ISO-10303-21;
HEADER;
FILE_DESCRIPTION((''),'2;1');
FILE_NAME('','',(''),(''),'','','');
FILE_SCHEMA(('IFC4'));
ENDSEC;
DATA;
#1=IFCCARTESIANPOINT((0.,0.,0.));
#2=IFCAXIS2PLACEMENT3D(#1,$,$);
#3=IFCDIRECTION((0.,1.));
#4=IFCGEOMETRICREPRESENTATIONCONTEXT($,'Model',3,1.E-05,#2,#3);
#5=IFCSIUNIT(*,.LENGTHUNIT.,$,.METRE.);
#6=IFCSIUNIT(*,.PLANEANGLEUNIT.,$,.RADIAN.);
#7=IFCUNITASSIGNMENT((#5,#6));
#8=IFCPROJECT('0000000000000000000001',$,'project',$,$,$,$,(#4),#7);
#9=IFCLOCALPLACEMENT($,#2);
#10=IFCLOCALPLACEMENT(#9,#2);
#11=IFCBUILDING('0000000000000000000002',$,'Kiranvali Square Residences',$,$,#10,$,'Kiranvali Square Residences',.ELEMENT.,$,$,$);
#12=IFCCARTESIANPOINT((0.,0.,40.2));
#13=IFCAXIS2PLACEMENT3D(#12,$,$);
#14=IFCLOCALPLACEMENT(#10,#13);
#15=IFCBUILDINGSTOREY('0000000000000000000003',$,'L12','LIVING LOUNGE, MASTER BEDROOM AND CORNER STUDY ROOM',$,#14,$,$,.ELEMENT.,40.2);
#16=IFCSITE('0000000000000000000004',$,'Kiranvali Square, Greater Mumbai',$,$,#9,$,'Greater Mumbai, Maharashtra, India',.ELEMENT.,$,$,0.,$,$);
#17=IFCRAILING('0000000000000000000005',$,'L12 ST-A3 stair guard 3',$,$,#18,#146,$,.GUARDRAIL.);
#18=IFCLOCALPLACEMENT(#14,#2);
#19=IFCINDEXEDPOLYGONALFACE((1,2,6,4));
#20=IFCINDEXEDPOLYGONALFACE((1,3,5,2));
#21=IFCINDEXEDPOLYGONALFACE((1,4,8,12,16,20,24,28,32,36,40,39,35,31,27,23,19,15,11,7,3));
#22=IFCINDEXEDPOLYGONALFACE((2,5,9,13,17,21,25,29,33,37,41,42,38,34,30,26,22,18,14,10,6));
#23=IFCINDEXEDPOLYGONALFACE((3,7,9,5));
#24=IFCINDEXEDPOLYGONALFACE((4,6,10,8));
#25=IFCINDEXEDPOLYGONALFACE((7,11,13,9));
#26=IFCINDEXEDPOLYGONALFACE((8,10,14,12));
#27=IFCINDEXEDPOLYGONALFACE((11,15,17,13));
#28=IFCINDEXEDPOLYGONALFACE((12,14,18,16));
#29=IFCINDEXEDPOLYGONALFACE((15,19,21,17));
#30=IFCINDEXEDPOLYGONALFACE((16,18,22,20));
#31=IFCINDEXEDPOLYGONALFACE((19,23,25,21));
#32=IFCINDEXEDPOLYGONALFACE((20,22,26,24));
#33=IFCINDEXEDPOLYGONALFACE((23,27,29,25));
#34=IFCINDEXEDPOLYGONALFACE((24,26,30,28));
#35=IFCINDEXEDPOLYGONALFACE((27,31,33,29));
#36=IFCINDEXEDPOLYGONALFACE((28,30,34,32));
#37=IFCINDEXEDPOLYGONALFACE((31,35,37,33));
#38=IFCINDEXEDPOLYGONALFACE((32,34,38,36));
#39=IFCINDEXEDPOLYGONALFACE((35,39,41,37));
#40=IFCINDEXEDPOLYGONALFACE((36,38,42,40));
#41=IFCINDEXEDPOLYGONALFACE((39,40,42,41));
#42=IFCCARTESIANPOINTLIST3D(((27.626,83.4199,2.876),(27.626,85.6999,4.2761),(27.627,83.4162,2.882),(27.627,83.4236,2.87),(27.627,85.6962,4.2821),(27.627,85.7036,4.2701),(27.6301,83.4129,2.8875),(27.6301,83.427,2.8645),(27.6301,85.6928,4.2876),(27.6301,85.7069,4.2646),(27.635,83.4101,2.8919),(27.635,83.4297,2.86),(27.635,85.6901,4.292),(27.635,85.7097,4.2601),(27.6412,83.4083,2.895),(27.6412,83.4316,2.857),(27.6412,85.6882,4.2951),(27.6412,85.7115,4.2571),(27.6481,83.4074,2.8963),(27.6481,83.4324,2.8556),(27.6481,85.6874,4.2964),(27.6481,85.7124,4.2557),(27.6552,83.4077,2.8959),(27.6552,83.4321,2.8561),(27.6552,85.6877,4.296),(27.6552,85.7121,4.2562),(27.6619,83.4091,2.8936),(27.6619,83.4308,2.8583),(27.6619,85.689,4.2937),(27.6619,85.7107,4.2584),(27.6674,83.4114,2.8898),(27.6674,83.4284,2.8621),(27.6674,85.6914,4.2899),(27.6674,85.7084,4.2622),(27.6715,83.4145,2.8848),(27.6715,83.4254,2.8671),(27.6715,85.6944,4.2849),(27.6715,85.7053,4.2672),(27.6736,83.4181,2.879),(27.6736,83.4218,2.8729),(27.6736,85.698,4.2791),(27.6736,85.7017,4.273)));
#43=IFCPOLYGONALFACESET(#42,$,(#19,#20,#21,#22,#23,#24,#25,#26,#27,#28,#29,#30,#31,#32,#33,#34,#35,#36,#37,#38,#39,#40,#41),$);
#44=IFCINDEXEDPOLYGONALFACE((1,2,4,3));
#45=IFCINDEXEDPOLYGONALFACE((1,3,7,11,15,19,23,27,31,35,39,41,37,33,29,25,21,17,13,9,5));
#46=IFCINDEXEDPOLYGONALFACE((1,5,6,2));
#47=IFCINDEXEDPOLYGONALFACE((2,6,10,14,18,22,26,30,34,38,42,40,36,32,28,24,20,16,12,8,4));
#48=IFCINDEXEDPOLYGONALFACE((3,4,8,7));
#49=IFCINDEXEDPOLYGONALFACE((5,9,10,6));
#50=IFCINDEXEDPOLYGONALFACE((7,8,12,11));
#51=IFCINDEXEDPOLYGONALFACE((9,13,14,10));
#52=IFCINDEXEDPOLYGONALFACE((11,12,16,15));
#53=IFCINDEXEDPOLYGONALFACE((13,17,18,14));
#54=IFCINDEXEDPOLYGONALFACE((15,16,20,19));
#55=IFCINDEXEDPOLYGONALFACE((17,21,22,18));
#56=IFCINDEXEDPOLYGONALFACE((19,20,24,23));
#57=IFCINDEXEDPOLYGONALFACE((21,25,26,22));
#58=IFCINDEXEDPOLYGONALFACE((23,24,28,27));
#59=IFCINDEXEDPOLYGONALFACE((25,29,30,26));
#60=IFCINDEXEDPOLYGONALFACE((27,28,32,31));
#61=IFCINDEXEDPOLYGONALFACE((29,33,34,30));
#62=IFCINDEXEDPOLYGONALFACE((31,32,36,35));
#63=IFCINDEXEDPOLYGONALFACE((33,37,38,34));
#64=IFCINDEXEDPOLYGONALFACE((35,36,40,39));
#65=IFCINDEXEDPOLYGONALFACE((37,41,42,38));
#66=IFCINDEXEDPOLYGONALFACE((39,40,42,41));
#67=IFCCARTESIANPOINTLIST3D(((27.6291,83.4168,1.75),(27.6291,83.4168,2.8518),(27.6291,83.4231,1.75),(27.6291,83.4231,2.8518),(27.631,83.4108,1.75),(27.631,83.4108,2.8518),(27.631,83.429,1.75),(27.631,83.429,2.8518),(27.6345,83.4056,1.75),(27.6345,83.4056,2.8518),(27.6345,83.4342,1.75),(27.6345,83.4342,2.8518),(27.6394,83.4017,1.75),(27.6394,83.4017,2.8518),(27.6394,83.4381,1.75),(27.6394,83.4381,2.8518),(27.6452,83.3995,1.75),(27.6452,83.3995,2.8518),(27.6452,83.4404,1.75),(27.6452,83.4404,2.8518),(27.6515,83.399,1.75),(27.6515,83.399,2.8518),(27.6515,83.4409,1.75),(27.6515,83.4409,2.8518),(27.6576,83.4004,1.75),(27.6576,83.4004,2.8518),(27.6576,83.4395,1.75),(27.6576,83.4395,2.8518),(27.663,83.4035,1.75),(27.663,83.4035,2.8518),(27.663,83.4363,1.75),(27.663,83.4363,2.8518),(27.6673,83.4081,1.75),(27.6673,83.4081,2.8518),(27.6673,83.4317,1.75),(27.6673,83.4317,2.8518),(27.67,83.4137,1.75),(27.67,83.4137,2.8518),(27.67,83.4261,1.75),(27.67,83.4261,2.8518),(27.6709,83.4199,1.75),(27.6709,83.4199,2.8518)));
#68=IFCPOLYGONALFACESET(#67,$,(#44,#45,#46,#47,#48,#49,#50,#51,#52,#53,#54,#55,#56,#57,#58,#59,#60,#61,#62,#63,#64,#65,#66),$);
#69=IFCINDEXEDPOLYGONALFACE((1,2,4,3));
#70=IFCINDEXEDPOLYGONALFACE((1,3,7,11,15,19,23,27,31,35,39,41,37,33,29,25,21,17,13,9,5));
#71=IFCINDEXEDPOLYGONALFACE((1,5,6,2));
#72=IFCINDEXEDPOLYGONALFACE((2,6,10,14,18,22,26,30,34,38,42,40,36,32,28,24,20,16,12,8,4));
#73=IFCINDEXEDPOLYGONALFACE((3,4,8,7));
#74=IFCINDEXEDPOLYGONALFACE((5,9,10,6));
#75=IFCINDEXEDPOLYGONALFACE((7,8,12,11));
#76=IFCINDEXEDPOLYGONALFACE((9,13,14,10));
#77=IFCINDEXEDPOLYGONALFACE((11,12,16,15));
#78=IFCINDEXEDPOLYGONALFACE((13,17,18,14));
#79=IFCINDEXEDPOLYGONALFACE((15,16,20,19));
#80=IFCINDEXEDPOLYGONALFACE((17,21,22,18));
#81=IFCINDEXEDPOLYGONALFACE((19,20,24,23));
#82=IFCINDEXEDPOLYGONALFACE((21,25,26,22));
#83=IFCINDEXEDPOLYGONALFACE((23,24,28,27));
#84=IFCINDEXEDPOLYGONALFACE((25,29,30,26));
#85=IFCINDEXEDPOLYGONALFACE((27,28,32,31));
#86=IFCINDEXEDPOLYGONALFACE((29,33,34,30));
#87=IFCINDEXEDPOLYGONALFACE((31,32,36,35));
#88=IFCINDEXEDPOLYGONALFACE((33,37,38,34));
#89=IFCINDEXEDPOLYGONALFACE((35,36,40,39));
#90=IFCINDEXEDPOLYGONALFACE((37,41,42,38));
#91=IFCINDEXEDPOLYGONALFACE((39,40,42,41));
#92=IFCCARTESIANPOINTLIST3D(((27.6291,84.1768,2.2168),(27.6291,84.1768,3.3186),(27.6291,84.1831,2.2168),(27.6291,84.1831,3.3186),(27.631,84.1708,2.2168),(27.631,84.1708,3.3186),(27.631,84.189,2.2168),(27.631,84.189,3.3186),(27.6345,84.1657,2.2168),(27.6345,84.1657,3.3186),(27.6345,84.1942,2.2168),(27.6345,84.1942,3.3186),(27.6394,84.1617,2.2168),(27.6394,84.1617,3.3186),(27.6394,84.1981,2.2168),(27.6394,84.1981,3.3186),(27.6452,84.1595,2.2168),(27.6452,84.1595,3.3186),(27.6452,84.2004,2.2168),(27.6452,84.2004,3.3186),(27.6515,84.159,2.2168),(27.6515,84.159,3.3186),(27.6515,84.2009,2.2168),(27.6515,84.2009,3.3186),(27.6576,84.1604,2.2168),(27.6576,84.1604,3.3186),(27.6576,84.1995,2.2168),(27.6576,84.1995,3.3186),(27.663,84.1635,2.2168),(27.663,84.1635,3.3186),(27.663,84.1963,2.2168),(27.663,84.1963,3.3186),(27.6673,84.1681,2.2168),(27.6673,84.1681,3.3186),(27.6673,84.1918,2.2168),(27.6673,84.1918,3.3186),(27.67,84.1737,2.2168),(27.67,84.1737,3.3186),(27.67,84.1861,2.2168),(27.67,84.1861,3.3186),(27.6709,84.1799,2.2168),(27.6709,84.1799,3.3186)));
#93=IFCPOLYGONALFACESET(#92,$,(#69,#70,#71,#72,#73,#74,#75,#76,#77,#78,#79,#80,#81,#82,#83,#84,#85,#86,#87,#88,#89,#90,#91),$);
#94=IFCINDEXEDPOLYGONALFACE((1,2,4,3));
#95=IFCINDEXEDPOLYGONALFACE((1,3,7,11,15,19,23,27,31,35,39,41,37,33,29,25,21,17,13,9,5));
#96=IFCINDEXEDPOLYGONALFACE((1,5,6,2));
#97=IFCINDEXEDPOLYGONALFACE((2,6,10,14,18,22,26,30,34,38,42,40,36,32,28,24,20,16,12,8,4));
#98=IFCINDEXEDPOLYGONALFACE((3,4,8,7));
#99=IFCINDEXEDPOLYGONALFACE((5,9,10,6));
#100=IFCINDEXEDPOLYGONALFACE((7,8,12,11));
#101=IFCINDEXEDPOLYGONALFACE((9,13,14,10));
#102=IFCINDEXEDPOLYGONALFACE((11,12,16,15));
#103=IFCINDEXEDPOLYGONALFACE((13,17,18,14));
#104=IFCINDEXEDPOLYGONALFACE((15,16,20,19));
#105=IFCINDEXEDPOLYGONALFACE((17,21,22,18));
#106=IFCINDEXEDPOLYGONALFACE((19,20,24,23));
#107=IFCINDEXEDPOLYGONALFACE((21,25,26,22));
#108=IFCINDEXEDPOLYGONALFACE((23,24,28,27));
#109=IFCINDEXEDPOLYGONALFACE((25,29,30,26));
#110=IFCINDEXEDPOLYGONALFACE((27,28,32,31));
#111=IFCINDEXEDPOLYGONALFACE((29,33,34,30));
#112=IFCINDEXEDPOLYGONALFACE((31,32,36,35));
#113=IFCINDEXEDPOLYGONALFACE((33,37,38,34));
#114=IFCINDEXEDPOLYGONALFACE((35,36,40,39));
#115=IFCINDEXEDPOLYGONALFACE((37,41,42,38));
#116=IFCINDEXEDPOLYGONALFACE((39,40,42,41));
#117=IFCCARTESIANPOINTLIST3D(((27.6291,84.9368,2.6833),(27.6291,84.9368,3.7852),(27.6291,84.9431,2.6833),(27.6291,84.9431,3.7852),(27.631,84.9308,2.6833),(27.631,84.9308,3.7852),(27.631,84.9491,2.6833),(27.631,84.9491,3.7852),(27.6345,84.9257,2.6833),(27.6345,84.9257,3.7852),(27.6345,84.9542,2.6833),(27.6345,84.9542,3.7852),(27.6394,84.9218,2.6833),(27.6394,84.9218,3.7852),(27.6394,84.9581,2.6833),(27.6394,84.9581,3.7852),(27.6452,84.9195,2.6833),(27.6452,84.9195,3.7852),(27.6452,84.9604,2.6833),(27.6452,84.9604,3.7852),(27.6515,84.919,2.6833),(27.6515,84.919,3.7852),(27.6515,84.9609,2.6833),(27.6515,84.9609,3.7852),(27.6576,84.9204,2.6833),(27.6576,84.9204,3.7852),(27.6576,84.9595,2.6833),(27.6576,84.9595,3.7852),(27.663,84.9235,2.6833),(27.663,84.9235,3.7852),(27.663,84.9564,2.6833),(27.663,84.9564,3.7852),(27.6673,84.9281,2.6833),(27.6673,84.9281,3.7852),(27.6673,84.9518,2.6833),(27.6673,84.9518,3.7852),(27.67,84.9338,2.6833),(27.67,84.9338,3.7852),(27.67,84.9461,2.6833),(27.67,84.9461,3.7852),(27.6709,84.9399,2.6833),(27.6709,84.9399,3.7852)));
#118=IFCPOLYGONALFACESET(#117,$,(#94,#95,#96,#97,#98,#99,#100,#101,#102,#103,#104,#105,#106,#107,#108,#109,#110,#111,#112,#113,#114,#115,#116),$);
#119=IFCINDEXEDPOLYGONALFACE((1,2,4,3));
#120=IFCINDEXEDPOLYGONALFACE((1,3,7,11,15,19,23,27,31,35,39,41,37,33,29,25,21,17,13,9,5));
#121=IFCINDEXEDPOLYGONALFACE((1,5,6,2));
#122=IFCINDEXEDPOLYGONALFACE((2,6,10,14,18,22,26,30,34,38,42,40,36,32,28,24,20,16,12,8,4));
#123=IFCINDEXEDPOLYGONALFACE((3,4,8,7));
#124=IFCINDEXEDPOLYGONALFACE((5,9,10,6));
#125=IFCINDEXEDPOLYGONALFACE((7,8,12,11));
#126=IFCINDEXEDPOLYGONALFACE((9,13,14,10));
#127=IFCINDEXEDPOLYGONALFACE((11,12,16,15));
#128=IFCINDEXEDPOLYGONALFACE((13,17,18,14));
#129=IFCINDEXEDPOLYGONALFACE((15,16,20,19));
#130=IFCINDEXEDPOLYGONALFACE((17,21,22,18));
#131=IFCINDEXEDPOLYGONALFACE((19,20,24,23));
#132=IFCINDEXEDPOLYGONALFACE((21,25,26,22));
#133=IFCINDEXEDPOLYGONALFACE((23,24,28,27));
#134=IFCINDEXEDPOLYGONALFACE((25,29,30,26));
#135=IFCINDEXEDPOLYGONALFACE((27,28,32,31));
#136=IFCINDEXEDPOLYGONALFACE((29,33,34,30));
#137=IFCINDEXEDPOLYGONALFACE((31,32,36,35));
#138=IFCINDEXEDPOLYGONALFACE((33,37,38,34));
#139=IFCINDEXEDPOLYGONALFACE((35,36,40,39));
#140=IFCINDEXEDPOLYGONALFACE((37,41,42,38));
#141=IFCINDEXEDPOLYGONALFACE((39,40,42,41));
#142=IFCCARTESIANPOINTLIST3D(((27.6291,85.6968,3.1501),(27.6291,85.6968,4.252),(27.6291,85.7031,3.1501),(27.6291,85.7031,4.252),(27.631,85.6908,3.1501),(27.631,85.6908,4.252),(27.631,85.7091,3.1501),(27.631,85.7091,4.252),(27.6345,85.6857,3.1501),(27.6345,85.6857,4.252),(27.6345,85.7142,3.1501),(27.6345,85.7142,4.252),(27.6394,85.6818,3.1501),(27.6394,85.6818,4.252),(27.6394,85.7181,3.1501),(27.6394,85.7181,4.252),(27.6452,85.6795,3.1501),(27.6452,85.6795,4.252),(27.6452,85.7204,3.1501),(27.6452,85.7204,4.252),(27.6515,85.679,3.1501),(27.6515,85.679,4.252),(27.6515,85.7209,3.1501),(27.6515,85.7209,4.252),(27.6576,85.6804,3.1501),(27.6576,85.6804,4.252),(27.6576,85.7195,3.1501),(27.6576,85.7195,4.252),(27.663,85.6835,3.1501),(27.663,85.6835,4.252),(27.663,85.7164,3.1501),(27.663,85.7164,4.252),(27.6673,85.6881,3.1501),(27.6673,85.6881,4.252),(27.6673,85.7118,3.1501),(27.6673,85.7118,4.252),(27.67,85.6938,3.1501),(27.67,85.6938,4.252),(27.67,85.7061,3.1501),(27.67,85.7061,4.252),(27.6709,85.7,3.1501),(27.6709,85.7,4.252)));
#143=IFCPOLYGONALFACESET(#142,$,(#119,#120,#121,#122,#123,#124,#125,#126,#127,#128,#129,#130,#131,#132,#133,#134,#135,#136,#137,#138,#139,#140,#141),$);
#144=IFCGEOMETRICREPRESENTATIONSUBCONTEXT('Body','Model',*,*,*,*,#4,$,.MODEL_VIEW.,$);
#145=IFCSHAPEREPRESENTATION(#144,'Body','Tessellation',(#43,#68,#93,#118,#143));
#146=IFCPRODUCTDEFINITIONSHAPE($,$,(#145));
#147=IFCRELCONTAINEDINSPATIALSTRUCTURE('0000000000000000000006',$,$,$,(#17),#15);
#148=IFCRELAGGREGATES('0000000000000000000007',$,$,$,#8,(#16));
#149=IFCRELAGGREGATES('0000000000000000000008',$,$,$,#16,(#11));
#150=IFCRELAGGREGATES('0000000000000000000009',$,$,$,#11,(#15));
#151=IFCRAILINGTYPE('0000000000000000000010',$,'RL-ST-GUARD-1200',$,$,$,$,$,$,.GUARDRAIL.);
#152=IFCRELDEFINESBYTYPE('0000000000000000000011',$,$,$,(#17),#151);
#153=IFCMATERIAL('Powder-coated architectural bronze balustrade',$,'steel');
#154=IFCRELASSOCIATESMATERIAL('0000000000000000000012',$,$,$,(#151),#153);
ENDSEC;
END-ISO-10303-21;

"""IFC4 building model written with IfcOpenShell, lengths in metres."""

from ifc_helpers import new_model, si_unit, direction, frame, origin, origin_2d, place, context, subcontext, project, spatial, circle, extrude, material, type_object, element, save


model = new_model("IFC4")

# Units and contexts
model_context = context("Model", 3, precision=1e-05, world=origin(), true_north=direction((0.0, 1.0)))
body_context = subcontext(model_context, "Body", "Model", "MODEL_VIEW")
ifc_project = project(units=[si_unit("LENGTHUNIT", "METRE"), si_unit("PLANEANGLEUNIT", "RADIAN")], contexts=[model_context])

# Site, building, storey
site_placement = place(None, origin())
site = spatial("IfcSite", under=ifc_project, at=site_placement, Name="Kiranvali Square, Greater Mumbai", LongName="Greater Mumbai, Maharashtra, India", CompositionType="ELEMENT", RefElevation=0.0)
building_placement = place(site_placement, origin())
building = spatial("IfcBuilding", under=site, at=building_placement, Name="Kiranvali Square Residences", LongName="Kiranvali Square Residences", CompositionType="ELEMENT")
storey_placement = place(building_placement, frame((0.0, 0.0, 40.2)))
storey = spatial("IfcBuildingStorey", under=building, at=storey_placement, Name="L12", Description="LIVING LOUNGE, MASTER BEDROOM AND CORNER STUDY ROOM", CompositionType="ELEMENT", Elevation=40.2)

# Railing
ifc_material_1 = material(Name="Powder-coated architectural bronze balustrade", Category="steel")
railing_type = type_object("IfcRailingType", Name="RL-ST-GUARD-1200", PredefinedType="GUARDRAIL", material=ifc_material_1)
railing_1_placement = place(storey_placement, frame((27.6499, 83.4199, 1.75)))
element("IfcRailing", 1, at=railing_1_placement, inside=storey, type_object=railing_type, Name="L12 ST-A3 stair guard 3", PredefinedType="GUARDRAIL", context=body_context, shape_type="SweptSolid", body=[
    extrude(circle(Radius=0.0239, at=origin_2d()), frame((0.0, 0.0, 1.126), z_axis=(0.0, 0.85215, 0.523298), x_axis=(-1.0, 0.0, 0.0)), (0.0, 0.0, 1.0), 2.6755),
    extrude(circle(Radius=0.021, at=origin_2d()), origin(), (0.0, 0.0, 1.0), 1.1018),
    extrude(circle(Radius=0.021, at=origin_2d()), frame((0.0, 0.76, 0.4668)), (0.0, 0.0, 1.0), 1.1018),
    extrude(circle(Radius=0.021, at=origin_2d()), frame((0.0, 1.52, 0.9333)), (0.0, 0.0, 1.0), 1.1018),
    extrude(circle(Radius=0.021, at=origin_2d()), frame((0.0, 2.28, 1.4001)), (0.0, 0.0, 1.0), 1.1018),
])

save(model, "model.ifc")
